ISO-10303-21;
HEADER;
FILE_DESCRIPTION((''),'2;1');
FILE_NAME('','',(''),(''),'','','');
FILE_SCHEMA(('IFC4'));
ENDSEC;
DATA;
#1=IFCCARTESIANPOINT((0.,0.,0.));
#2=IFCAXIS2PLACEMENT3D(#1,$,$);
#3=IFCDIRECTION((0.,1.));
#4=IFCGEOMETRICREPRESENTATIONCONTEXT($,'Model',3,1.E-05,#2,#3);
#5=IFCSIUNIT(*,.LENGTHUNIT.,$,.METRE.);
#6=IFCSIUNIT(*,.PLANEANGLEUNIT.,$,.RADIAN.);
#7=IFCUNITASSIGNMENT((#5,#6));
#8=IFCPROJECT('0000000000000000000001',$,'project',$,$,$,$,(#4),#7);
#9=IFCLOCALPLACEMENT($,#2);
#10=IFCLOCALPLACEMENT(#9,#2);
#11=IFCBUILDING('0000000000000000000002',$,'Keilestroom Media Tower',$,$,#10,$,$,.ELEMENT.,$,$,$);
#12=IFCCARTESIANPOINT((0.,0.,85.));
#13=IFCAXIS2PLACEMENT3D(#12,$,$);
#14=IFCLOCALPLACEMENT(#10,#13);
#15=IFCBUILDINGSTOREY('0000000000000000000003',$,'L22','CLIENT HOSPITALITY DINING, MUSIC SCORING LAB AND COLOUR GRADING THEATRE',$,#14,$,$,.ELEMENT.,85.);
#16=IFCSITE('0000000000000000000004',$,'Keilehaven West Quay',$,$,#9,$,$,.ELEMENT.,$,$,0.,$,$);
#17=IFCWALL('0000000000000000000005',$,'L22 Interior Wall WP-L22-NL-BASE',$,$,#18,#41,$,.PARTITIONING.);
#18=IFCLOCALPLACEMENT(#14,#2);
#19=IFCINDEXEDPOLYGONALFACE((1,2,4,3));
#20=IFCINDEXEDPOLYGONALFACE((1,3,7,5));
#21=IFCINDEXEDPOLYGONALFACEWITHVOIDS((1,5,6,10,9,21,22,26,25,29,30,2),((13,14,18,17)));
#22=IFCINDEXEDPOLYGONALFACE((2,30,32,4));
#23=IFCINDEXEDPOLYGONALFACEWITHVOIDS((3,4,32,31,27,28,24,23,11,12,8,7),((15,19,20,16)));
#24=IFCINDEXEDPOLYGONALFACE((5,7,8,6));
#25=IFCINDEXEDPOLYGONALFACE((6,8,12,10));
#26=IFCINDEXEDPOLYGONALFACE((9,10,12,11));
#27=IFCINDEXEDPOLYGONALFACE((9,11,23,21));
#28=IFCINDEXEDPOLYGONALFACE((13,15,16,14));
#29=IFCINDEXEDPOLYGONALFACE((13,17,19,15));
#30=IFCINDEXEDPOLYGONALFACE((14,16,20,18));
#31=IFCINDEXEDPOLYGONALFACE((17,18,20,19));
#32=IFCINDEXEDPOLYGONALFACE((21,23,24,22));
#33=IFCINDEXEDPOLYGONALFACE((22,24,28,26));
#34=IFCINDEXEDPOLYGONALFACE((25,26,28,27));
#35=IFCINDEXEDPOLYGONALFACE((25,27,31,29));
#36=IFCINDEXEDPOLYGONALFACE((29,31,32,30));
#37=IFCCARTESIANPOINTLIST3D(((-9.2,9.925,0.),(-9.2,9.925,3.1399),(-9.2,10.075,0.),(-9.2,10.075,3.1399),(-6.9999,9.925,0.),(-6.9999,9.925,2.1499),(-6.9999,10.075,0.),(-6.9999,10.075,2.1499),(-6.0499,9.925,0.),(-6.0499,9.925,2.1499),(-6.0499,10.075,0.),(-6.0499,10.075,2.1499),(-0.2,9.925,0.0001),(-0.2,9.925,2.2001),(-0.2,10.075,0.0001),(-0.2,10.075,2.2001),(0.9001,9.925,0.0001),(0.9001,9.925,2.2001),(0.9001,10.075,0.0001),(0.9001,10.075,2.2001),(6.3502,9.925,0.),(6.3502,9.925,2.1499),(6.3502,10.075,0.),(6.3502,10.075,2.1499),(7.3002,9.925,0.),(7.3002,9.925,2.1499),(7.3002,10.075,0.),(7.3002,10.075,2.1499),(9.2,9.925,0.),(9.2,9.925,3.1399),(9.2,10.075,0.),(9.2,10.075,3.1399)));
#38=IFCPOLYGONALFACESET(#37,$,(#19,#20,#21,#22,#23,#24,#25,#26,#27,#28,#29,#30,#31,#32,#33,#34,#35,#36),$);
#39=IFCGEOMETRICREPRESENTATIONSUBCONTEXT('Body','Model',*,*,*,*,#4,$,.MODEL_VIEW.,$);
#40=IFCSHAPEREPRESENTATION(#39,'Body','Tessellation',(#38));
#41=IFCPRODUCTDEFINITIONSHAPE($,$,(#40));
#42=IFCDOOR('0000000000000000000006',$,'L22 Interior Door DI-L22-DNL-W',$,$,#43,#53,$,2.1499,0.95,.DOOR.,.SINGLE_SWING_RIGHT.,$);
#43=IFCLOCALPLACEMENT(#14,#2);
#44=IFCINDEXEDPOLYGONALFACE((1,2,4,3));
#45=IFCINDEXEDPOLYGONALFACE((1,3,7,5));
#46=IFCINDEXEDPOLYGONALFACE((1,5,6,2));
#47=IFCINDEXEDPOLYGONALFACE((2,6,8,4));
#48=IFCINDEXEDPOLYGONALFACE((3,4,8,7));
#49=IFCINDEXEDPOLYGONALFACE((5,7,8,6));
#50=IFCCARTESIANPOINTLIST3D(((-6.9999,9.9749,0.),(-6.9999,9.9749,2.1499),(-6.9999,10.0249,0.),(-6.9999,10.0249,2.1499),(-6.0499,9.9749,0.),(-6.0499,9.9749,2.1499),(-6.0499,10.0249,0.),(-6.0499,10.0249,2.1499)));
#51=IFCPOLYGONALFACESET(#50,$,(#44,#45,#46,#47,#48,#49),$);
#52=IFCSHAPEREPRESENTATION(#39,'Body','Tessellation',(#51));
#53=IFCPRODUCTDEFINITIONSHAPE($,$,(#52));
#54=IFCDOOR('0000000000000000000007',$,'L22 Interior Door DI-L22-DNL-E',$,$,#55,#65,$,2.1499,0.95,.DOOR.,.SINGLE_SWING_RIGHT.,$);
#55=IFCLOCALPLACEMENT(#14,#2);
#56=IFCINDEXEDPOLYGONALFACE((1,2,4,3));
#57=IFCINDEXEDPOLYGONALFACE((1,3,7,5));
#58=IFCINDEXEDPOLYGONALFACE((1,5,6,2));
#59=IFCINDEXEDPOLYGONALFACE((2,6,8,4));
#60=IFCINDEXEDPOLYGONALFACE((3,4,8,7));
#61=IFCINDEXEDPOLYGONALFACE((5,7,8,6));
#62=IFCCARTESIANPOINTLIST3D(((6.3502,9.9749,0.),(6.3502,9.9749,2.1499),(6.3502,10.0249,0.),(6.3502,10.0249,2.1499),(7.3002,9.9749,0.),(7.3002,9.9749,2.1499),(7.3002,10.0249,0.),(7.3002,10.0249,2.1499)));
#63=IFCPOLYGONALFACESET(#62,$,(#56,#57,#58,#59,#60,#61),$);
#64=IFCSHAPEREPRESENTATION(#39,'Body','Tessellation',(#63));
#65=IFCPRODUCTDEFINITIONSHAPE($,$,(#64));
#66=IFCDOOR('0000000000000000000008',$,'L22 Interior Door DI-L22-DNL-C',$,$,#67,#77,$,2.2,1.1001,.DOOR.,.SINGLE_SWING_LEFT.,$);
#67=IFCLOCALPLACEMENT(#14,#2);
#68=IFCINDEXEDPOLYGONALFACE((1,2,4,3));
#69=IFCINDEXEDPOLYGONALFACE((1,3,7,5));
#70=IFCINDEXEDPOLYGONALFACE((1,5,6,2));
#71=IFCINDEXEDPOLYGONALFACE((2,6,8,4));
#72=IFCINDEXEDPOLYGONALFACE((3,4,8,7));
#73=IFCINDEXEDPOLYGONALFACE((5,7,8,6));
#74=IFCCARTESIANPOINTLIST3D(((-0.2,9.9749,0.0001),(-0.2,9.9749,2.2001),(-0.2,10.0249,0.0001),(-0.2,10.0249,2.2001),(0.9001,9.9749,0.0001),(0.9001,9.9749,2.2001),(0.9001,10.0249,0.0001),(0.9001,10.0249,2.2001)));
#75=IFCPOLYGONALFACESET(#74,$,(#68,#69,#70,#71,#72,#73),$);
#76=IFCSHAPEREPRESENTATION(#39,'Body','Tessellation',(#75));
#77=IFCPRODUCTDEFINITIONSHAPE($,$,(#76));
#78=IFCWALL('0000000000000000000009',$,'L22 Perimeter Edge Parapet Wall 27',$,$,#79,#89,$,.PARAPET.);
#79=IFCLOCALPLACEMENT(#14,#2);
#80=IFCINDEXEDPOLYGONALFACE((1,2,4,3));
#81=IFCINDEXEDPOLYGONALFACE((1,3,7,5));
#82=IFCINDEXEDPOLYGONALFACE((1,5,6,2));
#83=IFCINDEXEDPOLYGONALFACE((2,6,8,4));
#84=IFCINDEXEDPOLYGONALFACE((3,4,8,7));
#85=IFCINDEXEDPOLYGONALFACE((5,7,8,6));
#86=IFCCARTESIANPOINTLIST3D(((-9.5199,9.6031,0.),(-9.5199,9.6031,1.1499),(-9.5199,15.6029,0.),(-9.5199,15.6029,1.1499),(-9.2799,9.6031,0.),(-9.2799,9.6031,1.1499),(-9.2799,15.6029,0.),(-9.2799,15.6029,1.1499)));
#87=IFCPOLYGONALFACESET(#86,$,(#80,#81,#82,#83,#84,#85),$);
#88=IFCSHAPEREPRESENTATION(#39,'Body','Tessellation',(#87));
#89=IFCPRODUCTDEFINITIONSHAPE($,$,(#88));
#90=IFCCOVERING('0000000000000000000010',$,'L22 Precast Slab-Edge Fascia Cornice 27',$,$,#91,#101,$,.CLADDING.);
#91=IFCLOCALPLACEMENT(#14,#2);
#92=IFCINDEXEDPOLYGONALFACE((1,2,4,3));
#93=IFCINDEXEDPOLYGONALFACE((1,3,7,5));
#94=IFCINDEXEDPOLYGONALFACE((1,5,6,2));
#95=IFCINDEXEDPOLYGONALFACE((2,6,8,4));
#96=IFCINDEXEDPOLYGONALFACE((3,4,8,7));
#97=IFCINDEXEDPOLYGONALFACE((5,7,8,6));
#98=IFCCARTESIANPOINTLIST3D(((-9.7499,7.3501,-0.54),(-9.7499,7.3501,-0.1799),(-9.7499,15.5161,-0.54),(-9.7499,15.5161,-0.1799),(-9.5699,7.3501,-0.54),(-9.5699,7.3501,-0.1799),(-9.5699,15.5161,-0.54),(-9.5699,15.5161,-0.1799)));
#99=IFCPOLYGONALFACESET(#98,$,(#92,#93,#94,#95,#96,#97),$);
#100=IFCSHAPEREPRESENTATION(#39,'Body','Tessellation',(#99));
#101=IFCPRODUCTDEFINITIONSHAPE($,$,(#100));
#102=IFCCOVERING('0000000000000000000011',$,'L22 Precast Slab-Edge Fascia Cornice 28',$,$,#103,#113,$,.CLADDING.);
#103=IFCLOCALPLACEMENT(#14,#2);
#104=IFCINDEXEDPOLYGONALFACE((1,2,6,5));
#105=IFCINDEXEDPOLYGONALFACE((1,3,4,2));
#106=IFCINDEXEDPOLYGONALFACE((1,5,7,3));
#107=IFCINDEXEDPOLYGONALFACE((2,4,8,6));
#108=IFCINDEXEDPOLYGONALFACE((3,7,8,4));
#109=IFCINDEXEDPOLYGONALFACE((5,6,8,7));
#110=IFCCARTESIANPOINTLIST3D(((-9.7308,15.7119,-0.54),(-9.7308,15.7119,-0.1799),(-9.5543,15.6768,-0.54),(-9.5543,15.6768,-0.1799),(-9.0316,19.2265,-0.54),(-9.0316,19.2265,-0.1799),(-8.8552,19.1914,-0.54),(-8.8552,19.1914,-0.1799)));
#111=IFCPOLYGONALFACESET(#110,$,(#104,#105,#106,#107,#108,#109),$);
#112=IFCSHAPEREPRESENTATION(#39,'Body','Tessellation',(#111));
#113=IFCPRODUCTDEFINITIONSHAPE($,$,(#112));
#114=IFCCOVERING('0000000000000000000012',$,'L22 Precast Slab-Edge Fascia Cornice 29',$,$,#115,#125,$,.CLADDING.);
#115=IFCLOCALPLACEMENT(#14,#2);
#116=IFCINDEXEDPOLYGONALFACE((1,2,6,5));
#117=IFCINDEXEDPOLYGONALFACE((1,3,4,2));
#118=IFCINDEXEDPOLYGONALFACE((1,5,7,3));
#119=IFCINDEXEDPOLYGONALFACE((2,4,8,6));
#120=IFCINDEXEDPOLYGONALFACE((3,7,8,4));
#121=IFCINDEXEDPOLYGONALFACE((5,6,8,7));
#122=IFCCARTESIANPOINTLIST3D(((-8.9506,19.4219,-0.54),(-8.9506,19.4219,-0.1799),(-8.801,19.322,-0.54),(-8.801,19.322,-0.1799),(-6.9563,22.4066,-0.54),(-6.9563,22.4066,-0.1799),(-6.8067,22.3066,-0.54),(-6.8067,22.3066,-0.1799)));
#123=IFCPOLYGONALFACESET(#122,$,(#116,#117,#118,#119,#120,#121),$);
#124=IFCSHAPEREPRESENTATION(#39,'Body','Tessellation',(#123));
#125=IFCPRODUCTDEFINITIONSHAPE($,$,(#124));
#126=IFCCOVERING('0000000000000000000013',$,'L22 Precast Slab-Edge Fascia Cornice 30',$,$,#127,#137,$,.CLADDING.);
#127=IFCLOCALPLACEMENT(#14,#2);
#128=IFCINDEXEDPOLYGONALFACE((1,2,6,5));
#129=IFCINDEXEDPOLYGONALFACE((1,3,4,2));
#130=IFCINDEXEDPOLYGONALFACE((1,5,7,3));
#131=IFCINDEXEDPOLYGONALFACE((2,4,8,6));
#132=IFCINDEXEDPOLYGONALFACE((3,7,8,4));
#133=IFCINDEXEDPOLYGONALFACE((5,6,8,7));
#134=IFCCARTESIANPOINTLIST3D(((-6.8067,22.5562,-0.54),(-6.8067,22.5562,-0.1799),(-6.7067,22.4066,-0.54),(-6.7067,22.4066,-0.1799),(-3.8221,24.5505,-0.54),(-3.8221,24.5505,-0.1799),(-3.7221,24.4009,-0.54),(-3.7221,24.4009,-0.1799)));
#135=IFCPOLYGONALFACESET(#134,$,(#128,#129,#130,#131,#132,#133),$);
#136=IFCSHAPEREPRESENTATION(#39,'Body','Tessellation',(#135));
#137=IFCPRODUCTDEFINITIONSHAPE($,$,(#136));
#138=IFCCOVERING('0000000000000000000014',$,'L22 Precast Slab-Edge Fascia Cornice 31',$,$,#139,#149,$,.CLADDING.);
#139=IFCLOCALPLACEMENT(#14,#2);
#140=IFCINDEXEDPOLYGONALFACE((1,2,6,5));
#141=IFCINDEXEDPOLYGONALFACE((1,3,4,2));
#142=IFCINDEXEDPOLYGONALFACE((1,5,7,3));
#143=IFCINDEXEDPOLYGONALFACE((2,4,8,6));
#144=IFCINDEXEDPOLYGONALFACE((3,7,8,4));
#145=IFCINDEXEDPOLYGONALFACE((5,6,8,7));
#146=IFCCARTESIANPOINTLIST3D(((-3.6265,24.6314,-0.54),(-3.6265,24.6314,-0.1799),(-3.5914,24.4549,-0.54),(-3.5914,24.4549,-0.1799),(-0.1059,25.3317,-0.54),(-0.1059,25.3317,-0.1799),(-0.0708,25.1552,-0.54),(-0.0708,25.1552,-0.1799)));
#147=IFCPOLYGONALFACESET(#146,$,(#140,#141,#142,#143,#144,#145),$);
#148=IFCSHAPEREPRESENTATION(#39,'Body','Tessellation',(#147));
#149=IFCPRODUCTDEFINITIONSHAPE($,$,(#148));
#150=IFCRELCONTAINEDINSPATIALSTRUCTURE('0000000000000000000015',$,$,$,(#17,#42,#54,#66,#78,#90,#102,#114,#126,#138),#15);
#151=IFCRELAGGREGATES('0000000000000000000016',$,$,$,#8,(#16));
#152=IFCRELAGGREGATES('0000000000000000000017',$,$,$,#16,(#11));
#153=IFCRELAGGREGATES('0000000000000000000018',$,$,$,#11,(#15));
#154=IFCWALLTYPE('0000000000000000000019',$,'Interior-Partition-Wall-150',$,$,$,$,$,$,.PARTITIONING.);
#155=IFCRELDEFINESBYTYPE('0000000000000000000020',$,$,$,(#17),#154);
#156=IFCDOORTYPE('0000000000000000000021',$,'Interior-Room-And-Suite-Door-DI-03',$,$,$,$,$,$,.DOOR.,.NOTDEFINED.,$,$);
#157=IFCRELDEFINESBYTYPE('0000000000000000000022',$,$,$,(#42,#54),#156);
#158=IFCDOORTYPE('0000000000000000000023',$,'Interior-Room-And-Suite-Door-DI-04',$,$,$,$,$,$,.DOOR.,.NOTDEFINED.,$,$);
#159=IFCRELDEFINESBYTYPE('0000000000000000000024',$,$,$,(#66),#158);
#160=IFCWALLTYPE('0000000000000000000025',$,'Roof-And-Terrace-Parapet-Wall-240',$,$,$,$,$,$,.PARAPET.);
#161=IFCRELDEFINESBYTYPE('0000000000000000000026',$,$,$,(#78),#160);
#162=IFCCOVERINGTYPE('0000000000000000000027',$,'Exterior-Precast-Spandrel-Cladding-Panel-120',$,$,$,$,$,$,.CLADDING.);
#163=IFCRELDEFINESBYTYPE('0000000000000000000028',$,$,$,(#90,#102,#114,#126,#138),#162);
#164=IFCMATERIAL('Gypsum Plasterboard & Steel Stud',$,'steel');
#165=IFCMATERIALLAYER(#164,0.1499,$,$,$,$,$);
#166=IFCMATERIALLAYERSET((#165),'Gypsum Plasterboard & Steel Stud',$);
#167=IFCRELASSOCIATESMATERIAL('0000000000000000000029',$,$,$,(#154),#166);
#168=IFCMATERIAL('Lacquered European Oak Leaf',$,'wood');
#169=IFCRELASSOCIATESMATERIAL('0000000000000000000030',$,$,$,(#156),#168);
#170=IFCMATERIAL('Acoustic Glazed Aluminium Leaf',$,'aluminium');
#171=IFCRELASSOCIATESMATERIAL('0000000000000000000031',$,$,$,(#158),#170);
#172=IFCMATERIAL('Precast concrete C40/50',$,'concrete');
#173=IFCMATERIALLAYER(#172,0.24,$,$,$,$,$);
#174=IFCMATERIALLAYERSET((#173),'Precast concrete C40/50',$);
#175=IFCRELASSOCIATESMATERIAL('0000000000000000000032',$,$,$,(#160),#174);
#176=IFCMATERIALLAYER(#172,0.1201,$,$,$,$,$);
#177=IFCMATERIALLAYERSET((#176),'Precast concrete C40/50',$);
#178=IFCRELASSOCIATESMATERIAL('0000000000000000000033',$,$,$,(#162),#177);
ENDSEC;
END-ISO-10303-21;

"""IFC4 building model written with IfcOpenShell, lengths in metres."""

from ifc_helpers import new_model, si_unit, direction, frame, frame_2d, origin, origin_2d, place, context, subcontext, project, spatial, rectangle, extrude, source, transform, mapped, material, layer, layer_set, type_object, element, fill, save


model = new_model("IFC4")

# Units and contexts
model_context = context("Model", 3, precision=1e-05, world=origin(), true_north=direction((0.0, 1.0)))
body_context = subcontext(model_context, "Body", "Model", "MODEL_VIEW")
ifc_project = project(units=[si_unit("LENGTHUNIT", "METRE"), si_unit("PLANEANGLEUNIT", "RADIAN")], contexts=[model_context])

# Site, building, storey
site_placement = place(None, origin())
site = spatial("IfcSite", under=ifc_project, at=site_placement, Name="Keilehaven West Quay", CompositionType="ELEMENT", RefElevation=0.0)
building_placement = place(site_placement, origin())
building = spatial("IfcBuilding", under=site, at=building_placement, Name="Keilestroom Media Tower", CompositionType="ELEMENT")
storey_placement = place(building_placement, frame((0.0, 0.0, 85.0)))
storey = spatial("IfcBuildingStorey", under=building, at=storey_placement, Name="L22", Description="CLIENT HOSPITALITY DINING, MUSIC SCORING LAB AND COLOUR GRADING THEATRE", CompositionType="ELEMENT", Elevation=85.0)

# Shared definitions
ifc_material_1 = material(Name="Precast concrete C40/50", Category="concrete")
ifc_material_2 = material(Name="Gypsum Plasterboard & Steel Stud", Category="steel")

# Wall, openings, doors
ifc_layer_1 = layer(ifc_material_2, 0.1499)
ifc_layer_set_1 = layer_set([ifc_layer_1], Name="Gypsum Plasterboard & Steel Stud")
wall_type_1 = type_object("IfcWallType", Name="Interior-Partition-Wall-150", PredefinedType="PARTITIONING", material=ifc_layer_set_1)
wall_1_placement = place(storey_placement, frame((-9.2, 10.0, 0.0), z_axis=(0.0, 0.0, 1.0), x_axis=(1.0, 0.0, 0.0)))
wall_1 = element("IfcWall", 1, at=wall_1_placement, inside=storey, type_object=wall_type_1, Name="L22 Interior Wall WP-L22-NL-BASE", PredefinedType="PARTITIONING", context=body_context, shape_type="SweptSolid", body=[
    extrude(rectangle(XDim=18.3999, YDim=0.1499, at=frame_2d((9.2, 0.0))), origin(), (0.0, 0.0, 1.0), 3.1399),
])
opening_1_placement = place(wall_1_placement, frame((2.2, 0.0, 0.0)))
opening_1 = element("IfcOpeningElement", 2, at=opening_1_placement, cuts=wall_1, PredefinedType="OPENING", context=body_context, shape_type="SweptSolid", body=[
    extrude(rectangle(XDim=0.95, YDim=2.1499, at=frame_2d((0.4751, 1.075))), frame((0.0, 0.085, 0.0), z_axis=(0.0, -1.0, 0.0), x_axis=(1.0, 0.0, 0.0)), (0.0, 0.0, 1.0), 0.1699),
])
opening_2_placement = place(wall_1_placement, frame((9.0, 0.0, 0.0)))
opening_2 = element("IfcOpeningElement", 3, at=opening_2_placement, cuts=wall_1, PredefinedType="OPENING", context=body_context, shape_type="SweptSolid", body=[
    extrude(rectangle(XDim=1.1001, YDim=2.2, at=frame_2d((0.55, 1.1001))), frame((0.0, 0.085, 0.0), z_axis=(0.0, -1.0, 0.0), x_axis=(1.0, 0.0, 0.0)), (0.0, 0.0, 1.0), 0.1699),
])
opening_3_placement = place(wall_1_placement, frame((15.55, 0.0, 0.0)))
opening_3 = element("IfcOpeningElement", 4, at=opening_3_placement, cuts=wall_1, PredefinedType="OPENING", context=body_context, shape_type="SweptSolid", body=[
    extrude(rectangle(XDim=0.95, YDim=2.1499, at=frame_2d((0.4751, 1.075))), frame((0.0, 0.085, 0.0), z_axis=(0.0, -1.0, 0.0), x_axis=(1.0, 0.0, 0.0)), (0.0, 0.0, 1.0), 0.1699),
])
ifc_material_3 = material(Name="Lacquered European Oak Leaf", Category="wood")
door_type_1 = type_object("IfcDoorType", Name="Interior-Room-And-Suite-Door-DI-03", OperationType="NOTDEFINED", PredefinedType="DOOR", material=ifc_material_3)
shared_shape_1 = source(origin(), body_context, "Body", "SweptSolid", [
    extrude(rectangle(XDim=0.95, YDim=2.1499, at=frame_2d((0.4751, 1.075))), frame((0.0, 0.0249, 0.0), z_axis=(0.0, -1.0, 0.0), x_axis=(1.0, 0.0, 0.0)), (0.0, 0.0, 1.0), 0.05),
])
door_1_placement = place(opening_1_placement, origin())
door_1 = element("IfcDoor", 5, at=door_1_placement, inside=storey, type_object=door_type_1, Name="L22 Interior Door DI-L22-DNL-W", OperationType="SINGLE_SWING_RIGHT", OverallHeight=2.1499, OverallWidth=0.95, PredefinedType="DOOR", context=body_context, shape_type="MappedRepresentation", body=[
    mapped(shared_shape_1, transform((0.0, 0.0, 0.0), x_axis=(1.0, 0.0, 0.0), y_axis=(0.0, 1.0, 0.0), z_axis=(0.0, 0.0, 1.0), scale=1.0)),
])
fill(opening_1, door_1)
door_2_placement = place(opening_3_placement, origin())
door_2 = element("IfcDoor", 6, at=door_2_placement, inside=storey, type_object=door_type_1, Name="L22 Interior Door DI-L22-DNL-E", OperationType="SINGLE_SWING_RIGHT", OverallHeight=2.1499, OverallWidth=0.95, PredefinedType="DOOR", context=body_context, shape_type="MappedRepresentation", body=[
    mapped(shared_shape_1, transform((0.0, 0.0, 0.0), x_axis=(1.0, 0.0, 0.0), y_axis=(0.0, 1.0, 0.0), z_axis=(0.0, 0.0, 1.0), scale=1.0)),
])
fill(opening_3, door_2)
ifc_material_4 = material(Name="Acoustic Glazed Aluminium Leaf", Category="aluminium")
door_type_2 = type_object("IfcDoorType", Name="Interior-Room-And-Suite-Door-DI-04", OperationType="NOTDEFINED", PredefinedType="DOOR", material=ifc_material_4)
shared_shape_2 = source(origin(), body_context, "Body", "SweptSolid", [
    extrude(rectangle(XDim=1.1001, YDim=2.2, at=frame_2d((0.55, 1.1001))), frame((0.0, 0.0249, 0.0), z_axis=(0.0, -1.0, 0.0), x_axis=(1.0, 0.0, 0.0)), (0.0, 0.0, 1.0), 0.05),
])
door_3_placement = place(opening_2_placement, origin())
door_3 = element("IfcDoor", 7, at=door_3_placement, inside=storey, type_object=door_type_2, Name="L22 Interior Door DI-L22-DNL-C", OperationType="SINGLE_SWING_LEFT", OverallHeight=2.2, OverallWidth=1.1001, PredefinedType="DOOR", context=body_context, shape_type="MappedRepresentation", body=[
    mapped(shared_shape_2, transform((0.0, 0.0, 0.0), x_axis=(1.0, 0.0, 0.0), y_axis=(0.0, 1.0, 0.0), z_axis=(0.0, 0.0, 1.0), scale=1.0)),
])
fill(opening_2, door_3)

# Wall
ifc_layer_2 = layer(ifc_material_1, 0.24)
ifc_layer_set_2 = layer_set([ifc_layer_2], Name="Precast concrete C40/50")
wall_type_2 = type_object("IfcWallType", Name="Roof-And-Terrace-Parapet-Wall-240", PredefinedType="PARAPET", material=ifc_layer_set_2)
wall_2_placement = place(storey_placement, frame((-9.3999, 9.603, 0.0), z_axis=(0.0, 0.0, 1.0), x_axis=(0.0, 1.0, 0.0)))
element("IfcWall", 8, at=wall_2_placement, inside=storey, type_object=wall_type_2, Name="L22 Perimeter Edge Parapet Wall 27", PredefinedType="PARAPET", context=body_context, shape_type="SweptSolid", body=[
    extrude(rectangle(XDim=5.9998, YDim=0.24, at=frame_2d((3.0, 0.0))), origin(), (0.0, 0.0, 1.0), 1.1499),
])

# Coverings
ifc_layer_3 = layer(ifc_material_1, 0.1201)
ifc_layer_set_3 = layer_set([ifc_layer_3], Name="Precast concrete C40/50")
covering_type = type_object("IfcCoveringType", Name="Exterior-Precast-Spandrel-Cladding-Panel-120", PredefinedType="CLADDING", material=ifc_layer_set_3)
shared_shape_3 = source(origin(), body_context, "Body", "SweptSolid", [
    extrude(rectangle(XDim=8.166, YDim=0.1799, at=origin_2d()), origin(), (0.0, 0.0, 1.0), 0.3601),
])
covering_1_placement = place(storey_placement, frame((-9.6599, 11.4331, -0.54), z_axis=(0.0, 0.0, 1.0), x_axis=(0.0, 1.0, 0.0)))
element("IfcCovering", 9, at=covering_1_placement, inside=storey, type_object=covering_type, Name="L22 Precast Slab-Edge Fascia Cornice 27", PredefinedType="CLADDING", context=body_context, shape_type="MappedRepresentation", body=[
    mapped(shared_shape_3, transform((0.0, 0.0, 0.0), x_axis=(1.0, 0.0, 0.0), y_axis=(0.0, 1.0, 0.0), z_axis=(0.0, 0.0, 1.0), scale=1.0)),
])
shared_shape_4 = source(origin(), body_context, "Body", "SweptSolid", [
    extrude(rectangle(XDim=3.5835, YDim=0.1799, at=origin_2d()), origin(), (0.0, 0.0, 1.0), 0.3601),
])
covering_2_placement = place(storey_placement, frame((-9.293, 17.4517, -0.54), z_axis=(0.0, 0.0, 1.0), x_axis=(0.195099, 0.980784, 0.0)))
element("IfcCovering", 10, at=covering_2_placement, inside=storey, type_object=covering_type, Name="L22 Precast Slab-Edge Fascia Cornice 28", PredefinedType="CLADDING", context=body_context, shape_type="MappedRepresentation", body=[
    mapped(shared_shape_4, transform((0.0, 0.0, 0.0), x_axis=(1.0, 0.0, 0.0), y_axis=(0.0, 1.0, 0.0), z_axis=(0.0, 0.0, 1.0), scale=1.0)),
])
shared_shape_5 = source(origin(), body_context, "Body", "SweptSolid", [
    extrude(rectangle(XDim=3.5896, YDim=0.1799, at=origin_2d()), origin(), (0.0, 0.0, 1.0), 0.3601),
])
for number, where, z_axis, x_axis, name in (
    (11, (-7.8787, 20.8643, -0.54), (0.0, 0.0, 1.0), (0.555575, 0.831467, 0.0), "L22 Precast Slab-Edge Fascia Cornice 29"),
    (12, (-5.2644, 23.4785, -0.54), (0.0, 0.0, 1.0), (0.831467, 0.555575, 0.0), "L22 Precast Slab-Edge Fascia Cornice 30"),
    (13, (-1.8486, 24.8933, -0.54), (0.0, 0.0, 1.0), (0.980784, 0.195099, 0.0), "L22 Precast Slab-Edge Fascia Cornice 31"),
):
    element("IfcCovering", number, at=place(storey_placement, frame(where, z_axis=z_axis, x_axis=x_axis)), inside=storey, type_object=covering_type, Name=name, PredefinedType="CLADDING", context=body_context, shape_type="MappedRepresentation", body=[
        mapped(shared_shape_5, transform((0.0, 0.0, 0.0), x_axis=(1.0, 0.0, 0.0), y_axis=(0.0, 1.0, 0.0), z_axis=(0.0, 0.0, 1.0), scale=1.0)),
    ])

save(model, "model.ifc")
